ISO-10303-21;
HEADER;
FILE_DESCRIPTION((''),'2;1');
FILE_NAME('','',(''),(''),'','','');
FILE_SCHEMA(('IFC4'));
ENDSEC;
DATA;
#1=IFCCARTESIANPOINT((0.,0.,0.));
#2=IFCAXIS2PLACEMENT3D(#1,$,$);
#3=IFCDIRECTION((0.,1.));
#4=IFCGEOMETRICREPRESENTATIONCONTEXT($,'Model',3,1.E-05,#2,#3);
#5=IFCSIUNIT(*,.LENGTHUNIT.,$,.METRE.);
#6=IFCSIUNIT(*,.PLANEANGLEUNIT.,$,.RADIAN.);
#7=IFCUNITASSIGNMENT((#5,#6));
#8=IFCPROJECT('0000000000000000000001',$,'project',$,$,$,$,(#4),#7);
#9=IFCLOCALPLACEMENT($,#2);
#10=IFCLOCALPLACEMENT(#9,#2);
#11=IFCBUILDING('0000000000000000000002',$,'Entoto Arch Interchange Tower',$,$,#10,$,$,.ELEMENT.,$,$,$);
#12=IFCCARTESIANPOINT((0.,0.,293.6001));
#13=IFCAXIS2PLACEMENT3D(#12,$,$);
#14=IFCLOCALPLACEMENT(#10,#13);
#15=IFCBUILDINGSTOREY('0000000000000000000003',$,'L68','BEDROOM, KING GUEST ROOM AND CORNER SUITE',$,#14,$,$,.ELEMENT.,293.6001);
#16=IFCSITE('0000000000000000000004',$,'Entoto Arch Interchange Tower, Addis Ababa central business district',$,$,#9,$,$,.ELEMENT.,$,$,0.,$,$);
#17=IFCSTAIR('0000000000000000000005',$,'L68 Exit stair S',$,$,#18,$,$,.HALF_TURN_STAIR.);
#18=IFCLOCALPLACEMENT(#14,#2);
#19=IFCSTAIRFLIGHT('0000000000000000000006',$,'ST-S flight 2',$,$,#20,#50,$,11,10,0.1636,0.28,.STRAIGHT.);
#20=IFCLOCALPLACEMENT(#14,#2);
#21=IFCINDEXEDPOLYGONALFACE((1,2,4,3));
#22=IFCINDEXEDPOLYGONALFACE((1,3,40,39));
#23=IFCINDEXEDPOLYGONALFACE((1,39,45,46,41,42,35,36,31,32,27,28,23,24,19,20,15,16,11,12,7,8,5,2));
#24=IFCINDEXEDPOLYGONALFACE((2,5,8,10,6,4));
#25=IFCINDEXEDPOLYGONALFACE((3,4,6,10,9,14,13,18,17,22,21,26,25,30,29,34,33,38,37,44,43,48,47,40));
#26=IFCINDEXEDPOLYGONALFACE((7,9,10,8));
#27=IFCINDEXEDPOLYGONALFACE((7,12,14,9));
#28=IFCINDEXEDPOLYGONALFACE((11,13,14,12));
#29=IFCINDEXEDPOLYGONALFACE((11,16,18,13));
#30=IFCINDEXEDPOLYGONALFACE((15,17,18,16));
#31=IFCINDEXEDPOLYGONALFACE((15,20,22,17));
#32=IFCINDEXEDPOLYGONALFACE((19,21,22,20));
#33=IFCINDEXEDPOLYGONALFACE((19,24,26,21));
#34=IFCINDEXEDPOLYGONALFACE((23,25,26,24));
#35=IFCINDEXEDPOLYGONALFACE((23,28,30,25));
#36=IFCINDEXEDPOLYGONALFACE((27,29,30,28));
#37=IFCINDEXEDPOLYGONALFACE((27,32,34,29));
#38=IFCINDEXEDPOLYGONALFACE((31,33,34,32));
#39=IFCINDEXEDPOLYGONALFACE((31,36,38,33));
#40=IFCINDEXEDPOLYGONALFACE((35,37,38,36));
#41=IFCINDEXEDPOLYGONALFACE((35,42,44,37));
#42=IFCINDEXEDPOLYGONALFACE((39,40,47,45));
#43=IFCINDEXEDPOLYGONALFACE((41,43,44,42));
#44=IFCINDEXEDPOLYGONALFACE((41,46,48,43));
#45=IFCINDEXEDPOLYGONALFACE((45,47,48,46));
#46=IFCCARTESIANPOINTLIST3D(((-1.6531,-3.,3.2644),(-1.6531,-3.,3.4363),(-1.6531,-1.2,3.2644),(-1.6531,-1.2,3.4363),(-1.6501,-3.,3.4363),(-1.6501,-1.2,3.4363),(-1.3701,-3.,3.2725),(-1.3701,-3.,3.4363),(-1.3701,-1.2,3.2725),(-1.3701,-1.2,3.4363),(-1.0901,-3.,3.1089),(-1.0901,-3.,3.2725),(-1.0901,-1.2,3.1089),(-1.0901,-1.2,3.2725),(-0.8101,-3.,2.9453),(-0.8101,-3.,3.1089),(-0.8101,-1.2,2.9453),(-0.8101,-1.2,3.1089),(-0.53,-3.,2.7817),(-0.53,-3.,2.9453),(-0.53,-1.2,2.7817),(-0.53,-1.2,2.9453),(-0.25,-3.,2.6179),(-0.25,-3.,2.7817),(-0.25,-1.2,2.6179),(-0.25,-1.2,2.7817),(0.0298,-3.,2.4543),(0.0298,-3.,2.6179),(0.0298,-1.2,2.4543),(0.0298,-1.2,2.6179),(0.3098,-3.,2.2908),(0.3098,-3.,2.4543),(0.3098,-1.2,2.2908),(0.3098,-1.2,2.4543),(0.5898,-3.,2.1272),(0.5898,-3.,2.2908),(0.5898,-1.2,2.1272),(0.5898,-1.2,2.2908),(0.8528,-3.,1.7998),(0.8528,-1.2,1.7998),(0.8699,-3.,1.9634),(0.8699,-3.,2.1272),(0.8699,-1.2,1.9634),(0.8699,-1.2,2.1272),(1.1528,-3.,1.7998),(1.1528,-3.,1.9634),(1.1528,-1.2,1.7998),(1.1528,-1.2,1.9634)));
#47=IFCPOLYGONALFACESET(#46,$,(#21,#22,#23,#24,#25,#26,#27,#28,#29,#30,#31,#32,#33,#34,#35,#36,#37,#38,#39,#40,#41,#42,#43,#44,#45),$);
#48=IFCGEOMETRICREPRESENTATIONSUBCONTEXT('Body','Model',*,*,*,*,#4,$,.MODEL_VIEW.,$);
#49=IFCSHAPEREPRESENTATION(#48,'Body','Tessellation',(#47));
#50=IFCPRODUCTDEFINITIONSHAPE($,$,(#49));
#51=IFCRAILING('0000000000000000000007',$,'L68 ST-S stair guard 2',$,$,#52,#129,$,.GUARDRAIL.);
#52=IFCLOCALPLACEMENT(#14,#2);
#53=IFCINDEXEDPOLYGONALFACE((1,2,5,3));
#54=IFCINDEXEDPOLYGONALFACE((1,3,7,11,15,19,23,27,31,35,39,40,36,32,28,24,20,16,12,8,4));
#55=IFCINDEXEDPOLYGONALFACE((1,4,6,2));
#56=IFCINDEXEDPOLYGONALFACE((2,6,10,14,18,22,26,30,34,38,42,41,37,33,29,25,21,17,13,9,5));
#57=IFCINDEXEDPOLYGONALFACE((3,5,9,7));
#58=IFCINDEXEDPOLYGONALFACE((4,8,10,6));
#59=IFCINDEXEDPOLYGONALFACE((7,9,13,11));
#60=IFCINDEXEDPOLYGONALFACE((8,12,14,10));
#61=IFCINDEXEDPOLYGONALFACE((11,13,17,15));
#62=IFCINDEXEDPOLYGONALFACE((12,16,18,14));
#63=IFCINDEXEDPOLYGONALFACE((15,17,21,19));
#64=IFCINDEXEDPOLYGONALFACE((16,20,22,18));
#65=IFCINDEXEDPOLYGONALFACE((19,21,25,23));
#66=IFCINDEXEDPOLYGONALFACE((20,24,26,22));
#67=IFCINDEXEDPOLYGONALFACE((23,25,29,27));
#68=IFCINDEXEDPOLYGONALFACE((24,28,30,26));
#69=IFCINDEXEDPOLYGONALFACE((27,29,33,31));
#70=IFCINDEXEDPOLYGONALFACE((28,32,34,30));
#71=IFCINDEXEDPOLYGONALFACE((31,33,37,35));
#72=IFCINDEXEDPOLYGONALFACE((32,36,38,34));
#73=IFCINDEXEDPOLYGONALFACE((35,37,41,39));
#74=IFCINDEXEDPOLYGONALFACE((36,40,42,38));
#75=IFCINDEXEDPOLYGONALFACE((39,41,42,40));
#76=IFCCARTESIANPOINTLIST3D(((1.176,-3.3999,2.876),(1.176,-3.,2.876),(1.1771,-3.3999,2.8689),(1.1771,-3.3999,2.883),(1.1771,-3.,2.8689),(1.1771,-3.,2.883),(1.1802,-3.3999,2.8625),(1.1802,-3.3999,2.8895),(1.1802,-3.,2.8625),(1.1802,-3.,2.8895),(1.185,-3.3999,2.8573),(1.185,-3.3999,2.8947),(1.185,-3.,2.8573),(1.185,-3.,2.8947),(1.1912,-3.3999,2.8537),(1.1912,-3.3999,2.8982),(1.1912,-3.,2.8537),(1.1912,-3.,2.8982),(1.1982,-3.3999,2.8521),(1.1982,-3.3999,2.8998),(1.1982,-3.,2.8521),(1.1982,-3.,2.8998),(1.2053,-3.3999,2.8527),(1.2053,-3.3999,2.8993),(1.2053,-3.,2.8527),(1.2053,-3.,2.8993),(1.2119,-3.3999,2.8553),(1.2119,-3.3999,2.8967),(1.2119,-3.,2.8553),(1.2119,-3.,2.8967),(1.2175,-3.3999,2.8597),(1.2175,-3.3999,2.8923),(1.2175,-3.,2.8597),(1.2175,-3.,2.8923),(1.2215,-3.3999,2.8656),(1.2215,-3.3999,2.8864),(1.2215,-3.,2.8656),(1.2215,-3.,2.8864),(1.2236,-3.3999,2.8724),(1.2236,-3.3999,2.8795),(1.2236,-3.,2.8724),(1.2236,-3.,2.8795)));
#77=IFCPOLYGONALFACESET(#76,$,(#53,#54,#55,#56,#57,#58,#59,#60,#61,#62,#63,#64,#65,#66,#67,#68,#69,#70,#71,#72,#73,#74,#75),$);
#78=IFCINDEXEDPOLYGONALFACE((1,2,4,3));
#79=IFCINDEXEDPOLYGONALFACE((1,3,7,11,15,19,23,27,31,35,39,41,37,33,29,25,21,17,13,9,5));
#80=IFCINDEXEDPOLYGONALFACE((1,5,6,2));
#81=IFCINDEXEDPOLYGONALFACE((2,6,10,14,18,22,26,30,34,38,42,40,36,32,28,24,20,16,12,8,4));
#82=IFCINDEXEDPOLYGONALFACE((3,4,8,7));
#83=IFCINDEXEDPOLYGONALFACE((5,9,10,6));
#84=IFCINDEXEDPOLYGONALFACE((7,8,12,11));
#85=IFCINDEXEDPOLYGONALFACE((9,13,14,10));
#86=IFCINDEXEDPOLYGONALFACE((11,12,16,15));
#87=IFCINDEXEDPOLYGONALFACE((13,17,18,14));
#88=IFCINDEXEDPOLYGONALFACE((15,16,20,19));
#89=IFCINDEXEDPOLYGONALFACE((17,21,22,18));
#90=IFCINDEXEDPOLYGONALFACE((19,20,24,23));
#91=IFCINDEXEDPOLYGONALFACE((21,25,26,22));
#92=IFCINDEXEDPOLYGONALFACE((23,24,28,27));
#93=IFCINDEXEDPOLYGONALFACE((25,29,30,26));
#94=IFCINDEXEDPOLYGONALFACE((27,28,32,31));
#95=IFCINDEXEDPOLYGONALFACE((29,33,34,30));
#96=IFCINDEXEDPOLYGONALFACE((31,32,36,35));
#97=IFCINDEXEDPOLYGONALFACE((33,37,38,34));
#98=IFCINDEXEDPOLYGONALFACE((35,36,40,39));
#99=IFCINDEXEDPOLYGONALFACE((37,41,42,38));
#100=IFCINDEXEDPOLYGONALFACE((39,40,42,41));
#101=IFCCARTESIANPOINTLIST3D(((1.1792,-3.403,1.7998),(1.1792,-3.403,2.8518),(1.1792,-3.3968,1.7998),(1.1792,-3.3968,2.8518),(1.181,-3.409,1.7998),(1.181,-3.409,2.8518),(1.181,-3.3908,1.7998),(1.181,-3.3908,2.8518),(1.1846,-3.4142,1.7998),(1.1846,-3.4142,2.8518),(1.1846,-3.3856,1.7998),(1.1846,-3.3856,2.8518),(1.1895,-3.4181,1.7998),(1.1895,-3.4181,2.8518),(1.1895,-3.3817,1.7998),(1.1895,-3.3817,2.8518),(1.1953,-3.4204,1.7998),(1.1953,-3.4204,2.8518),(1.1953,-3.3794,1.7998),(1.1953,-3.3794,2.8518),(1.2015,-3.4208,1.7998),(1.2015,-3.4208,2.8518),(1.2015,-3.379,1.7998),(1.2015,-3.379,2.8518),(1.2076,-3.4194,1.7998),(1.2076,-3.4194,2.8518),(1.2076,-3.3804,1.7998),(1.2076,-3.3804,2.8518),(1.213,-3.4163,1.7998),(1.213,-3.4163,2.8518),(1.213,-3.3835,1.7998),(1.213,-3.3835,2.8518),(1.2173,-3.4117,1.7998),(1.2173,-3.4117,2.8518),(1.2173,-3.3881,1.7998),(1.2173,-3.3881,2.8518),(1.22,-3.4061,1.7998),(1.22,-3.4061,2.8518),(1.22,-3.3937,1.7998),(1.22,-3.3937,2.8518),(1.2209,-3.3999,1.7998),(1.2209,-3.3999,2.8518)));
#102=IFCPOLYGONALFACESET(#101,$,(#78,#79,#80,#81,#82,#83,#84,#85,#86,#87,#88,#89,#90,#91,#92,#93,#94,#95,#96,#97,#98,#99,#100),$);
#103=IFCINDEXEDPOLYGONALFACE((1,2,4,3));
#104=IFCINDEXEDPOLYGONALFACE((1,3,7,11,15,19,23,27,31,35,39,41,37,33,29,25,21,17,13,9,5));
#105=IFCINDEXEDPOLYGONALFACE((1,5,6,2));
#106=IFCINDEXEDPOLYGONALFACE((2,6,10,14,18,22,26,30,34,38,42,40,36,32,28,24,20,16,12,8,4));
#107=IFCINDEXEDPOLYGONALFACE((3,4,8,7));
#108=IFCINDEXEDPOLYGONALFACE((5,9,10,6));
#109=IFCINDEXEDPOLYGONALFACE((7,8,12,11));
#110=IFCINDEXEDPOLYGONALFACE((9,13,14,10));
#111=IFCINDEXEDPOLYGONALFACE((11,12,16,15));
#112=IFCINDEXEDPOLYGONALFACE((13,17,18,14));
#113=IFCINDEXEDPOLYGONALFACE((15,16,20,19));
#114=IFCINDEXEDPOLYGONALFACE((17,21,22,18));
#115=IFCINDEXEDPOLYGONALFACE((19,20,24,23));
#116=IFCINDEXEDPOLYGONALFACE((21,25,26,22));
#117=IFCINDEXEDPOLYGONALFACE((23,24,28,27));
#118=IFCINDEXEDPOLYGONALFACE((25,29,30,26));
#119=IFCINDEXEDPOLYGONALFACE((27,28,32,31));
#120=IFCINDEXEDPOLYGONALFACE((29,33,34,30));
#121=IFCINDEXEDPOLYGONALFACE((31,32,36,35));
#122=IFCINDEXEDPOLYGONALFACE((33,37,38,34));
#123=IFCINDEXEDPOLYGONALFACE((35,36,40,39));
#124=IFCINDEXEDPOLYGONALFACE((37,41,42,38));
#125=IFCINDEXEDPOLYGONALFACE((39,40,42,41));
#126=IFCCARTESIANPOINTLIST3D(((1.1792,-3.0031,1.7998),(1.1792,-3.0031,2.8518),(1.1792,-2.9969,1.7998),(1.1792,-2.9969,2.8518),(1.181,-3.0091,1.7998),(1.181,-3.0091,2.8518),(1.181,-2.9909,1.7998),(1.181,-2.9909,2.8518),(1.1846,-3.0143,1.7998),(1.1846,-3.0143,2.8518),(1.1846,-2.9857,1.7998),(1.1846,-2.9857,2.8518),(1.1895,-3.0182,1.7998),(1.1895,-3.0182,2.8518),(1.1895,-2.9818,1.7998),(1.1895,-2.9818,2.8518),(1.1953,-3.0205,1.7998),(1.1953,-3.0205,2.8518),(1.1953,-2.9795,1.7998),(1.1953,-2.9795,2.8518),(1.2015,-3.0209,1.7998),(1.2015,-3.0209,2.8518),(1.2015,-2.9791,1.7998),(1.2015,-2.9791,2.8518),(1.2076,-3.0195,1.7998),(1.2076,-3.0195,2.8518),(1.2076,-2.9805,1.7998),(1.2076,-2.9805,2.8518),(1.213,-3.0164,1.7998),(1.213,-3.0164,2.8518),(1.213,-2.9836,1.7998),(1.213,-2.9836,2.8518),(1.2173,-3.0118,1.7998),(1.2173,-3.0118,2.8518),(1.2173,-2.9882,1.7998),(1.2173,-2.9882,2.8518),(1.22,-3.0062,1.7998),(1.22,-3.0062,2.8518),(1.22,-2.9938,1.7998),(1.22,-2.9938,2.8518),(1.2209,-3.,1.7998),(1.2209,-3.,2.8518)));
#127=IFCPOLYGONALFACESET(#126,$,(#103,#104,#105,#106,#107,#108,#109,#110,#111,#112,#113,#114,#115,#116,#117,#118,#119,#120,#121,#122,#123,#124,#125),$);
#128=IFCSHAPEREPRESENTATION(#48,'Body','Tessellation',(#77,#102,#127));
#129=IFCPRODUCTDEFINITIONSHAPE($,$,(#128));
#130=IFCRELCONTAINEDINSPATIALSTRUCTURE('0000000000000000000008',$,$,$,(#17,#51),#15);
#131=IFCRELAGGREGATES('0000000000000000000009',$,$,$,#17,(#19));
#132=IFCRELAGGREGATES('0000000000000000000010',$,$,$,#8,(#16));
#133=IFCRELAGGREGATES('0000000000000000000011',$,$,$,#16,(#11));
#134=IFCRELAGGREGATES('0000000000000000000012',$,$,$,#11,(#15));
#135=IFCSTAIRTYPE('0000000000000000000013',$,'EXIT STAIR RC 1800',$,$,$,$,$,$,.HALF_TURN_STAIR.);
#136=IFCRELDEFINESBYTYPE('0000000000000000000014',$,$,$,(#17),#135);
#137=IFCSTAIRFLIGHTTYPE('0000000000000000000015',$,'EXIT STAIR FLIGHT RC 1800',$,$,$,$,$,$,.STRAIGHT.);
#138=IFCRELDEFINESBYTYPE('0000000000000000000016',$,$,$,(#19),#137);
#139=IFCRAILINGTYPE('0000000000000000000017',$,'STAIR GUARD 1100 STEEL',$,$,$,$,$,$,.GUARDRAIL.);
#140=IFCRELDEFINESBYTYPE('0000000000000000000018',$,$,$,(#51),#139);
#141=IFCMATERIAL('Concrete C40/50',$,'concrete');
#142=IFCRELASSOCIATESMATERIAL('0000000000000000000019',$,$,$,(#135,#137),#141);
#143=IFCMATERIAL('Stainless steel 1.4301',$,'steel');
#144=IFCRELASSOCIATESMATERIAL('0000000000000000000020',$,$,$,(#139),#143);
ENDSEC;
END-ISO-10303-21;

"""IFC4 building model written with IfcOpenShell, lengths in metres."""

from ifc_helpers import new_model, si_unit, direction, frame, origin, origin_2d, place, context, subcontext, project, spatial, polyline, circle, outline, extrude, material, type_object, element, aggregate, save


model = new_model("IFC4")

# Units and contexts
model_context = context("Model", 3, precision=1e-05, world=origin(), true_north=direction((0.0, 1.0)))
body_context = subcontext(model_context, "Body", "Model", "MODEL_VIEW")
ifc_project = project(units=[si_unit("LENGTHUNIT", "METRE"), si_unit("PLANEANGLEUNIT", "RADIAN")], contexts=[model_context])

# Site, building, storey
site_placement = place(None, origin())
site = spatial("IfcSite", under=ifc_project, at=site_placement, Name="Entoto Arch Interchange Tower, Addis Ababa central business district", CompositionType="ELEMENT", RefElevation=0.0)
building_placement = place(site_placement, origin())
building = spatial("IfcBuilding", under=site, at=building_placement, Name="Entoto Arch Interchange Tower", CompositionType="ELEMENT")
storey_placement = place(building_placement, frame((0.0, 0.0, 293.6001)))
storey = spatial("IfcBuildingStorey", under=building, at=storey_placement, Name="L68", Description="BEDROOM, KING GUEST ROOM AND CORNER SUITE", CompositionType="ELEMENT", Elevation=293.6001)

# Shared definitions
ifc_material_1 = material(Name="Concrete C40/50", Category="concrete")

# Stair
stair_type = type_object("IfcStairType", Name="EXIT STAIR RC 1800", PredefinedType="HALF_TURN_STAIR", material=ifc_material_1)
stair_placement = place(storey_placement, origin())
stair = element("IfcStair", 1, at=stair_placement, inside=storey, type_object=stair_type, Name="L68 Exit stair S", PredefinedType="HALF_TURN_STAIR")

# Stair flight
stair_flight_type = type_object("IfcStairFlightType", Name="EXIT STAIR FLIGHT RC 1800", PredefinedType="STRAIGHT", material=ifc_material_1)
stair_flight_placement = place(storey_placement, frame((1.1499, -2.1001, 1.7998), z_axis=(0.0, 0.0, 1.0), x_axis=(-1.0, 0.0, 0.0)))
stair_flight = element("IfcStairFlight", 2, at=stair_flight_placement, type_object=stair_flight_type, Name="ST-S flight 2", NumberOfRisers=11, NumberOfTreads=10, PredefinedType="STRAIGHT", RiserHeight=0.1636, TreadLength=0.28, context=body_context, shape_type="SweptSolid", body=[
    extrude(outline(polyline([(-0.0029, 0.0), (-0.0029, 0.1636), (0.28, 0.1636), (0.28, 0.3274), (0.5601, 0.3274), (0.5601, 0.491), (0.8401, 0.491), (0.8401, 0.6545), (1.1201, 0.6545), (1.1201, 0.8181), (1.3999, 0.8181), (1.3999, 0.9819), (1.6799, 0.9819), (1.6799, 1.1455), (1.96, 1.1455), (1.96, 1.3091), (2.24, 1.3091), (2.24, 1.4727), (2.52, 1.4727), (2.52, 1.6365), (2.8, 1.6365), (2.803, 1.6365), (2.803, 1.4646), (0.2971, 0.0), (-0.0029, 0.0)])), frame((0.0, 0.8999, 0.0), z_axis=(0.0, -1.0, 0.0), x_axis=(1.0, 0.0, 0.0)), (0.0, 0.0, 1.0), 1.8),
])
aggregate(stair, [stair_flight])

# Railing
ifc_material_2 = material(Name="Stainless steel 1.4301", Category="steel")
railing_type_1 = type_object("IfcRailingType", Name="STAIR GUARD 1100 STEEL", PredefinedType="GUARDRAIL", material=ifc_material_2)
railing_1_placement = place(storey_placement, frame((1.2, -3.3999, 1.7998)))
element("IfcRailing", 3, at=railing_1_placement, inside=storey, type_object=railing_type_1, Name="L68 ST-S stair guard 2", PredefinedType="GUARDRAIL", context=body_context, shape_type="SweptSolid", body=[
    extrude(circle(Radius=0.0239, at=origin_2d()), frame((0.0, 0.0, 1.0762), z_axis=(0.0, 1.0, 0.0), x_axis=(-1.0, 0.0, 0.0)), (0.0, 0.0, 1.0), 0.3999),
    extrude(circle(Radius=0.021, at=origin_2d()), origin(), (0.0, 0.0, 1.0), 1.052),
    extrude(circle(Radius=0.021, at=origin_2d()), frame((0.0, 0.3999, 0.0)), (0.0, 0.0, 1.0), 1.052),
])

save(model, "model.ifc")
